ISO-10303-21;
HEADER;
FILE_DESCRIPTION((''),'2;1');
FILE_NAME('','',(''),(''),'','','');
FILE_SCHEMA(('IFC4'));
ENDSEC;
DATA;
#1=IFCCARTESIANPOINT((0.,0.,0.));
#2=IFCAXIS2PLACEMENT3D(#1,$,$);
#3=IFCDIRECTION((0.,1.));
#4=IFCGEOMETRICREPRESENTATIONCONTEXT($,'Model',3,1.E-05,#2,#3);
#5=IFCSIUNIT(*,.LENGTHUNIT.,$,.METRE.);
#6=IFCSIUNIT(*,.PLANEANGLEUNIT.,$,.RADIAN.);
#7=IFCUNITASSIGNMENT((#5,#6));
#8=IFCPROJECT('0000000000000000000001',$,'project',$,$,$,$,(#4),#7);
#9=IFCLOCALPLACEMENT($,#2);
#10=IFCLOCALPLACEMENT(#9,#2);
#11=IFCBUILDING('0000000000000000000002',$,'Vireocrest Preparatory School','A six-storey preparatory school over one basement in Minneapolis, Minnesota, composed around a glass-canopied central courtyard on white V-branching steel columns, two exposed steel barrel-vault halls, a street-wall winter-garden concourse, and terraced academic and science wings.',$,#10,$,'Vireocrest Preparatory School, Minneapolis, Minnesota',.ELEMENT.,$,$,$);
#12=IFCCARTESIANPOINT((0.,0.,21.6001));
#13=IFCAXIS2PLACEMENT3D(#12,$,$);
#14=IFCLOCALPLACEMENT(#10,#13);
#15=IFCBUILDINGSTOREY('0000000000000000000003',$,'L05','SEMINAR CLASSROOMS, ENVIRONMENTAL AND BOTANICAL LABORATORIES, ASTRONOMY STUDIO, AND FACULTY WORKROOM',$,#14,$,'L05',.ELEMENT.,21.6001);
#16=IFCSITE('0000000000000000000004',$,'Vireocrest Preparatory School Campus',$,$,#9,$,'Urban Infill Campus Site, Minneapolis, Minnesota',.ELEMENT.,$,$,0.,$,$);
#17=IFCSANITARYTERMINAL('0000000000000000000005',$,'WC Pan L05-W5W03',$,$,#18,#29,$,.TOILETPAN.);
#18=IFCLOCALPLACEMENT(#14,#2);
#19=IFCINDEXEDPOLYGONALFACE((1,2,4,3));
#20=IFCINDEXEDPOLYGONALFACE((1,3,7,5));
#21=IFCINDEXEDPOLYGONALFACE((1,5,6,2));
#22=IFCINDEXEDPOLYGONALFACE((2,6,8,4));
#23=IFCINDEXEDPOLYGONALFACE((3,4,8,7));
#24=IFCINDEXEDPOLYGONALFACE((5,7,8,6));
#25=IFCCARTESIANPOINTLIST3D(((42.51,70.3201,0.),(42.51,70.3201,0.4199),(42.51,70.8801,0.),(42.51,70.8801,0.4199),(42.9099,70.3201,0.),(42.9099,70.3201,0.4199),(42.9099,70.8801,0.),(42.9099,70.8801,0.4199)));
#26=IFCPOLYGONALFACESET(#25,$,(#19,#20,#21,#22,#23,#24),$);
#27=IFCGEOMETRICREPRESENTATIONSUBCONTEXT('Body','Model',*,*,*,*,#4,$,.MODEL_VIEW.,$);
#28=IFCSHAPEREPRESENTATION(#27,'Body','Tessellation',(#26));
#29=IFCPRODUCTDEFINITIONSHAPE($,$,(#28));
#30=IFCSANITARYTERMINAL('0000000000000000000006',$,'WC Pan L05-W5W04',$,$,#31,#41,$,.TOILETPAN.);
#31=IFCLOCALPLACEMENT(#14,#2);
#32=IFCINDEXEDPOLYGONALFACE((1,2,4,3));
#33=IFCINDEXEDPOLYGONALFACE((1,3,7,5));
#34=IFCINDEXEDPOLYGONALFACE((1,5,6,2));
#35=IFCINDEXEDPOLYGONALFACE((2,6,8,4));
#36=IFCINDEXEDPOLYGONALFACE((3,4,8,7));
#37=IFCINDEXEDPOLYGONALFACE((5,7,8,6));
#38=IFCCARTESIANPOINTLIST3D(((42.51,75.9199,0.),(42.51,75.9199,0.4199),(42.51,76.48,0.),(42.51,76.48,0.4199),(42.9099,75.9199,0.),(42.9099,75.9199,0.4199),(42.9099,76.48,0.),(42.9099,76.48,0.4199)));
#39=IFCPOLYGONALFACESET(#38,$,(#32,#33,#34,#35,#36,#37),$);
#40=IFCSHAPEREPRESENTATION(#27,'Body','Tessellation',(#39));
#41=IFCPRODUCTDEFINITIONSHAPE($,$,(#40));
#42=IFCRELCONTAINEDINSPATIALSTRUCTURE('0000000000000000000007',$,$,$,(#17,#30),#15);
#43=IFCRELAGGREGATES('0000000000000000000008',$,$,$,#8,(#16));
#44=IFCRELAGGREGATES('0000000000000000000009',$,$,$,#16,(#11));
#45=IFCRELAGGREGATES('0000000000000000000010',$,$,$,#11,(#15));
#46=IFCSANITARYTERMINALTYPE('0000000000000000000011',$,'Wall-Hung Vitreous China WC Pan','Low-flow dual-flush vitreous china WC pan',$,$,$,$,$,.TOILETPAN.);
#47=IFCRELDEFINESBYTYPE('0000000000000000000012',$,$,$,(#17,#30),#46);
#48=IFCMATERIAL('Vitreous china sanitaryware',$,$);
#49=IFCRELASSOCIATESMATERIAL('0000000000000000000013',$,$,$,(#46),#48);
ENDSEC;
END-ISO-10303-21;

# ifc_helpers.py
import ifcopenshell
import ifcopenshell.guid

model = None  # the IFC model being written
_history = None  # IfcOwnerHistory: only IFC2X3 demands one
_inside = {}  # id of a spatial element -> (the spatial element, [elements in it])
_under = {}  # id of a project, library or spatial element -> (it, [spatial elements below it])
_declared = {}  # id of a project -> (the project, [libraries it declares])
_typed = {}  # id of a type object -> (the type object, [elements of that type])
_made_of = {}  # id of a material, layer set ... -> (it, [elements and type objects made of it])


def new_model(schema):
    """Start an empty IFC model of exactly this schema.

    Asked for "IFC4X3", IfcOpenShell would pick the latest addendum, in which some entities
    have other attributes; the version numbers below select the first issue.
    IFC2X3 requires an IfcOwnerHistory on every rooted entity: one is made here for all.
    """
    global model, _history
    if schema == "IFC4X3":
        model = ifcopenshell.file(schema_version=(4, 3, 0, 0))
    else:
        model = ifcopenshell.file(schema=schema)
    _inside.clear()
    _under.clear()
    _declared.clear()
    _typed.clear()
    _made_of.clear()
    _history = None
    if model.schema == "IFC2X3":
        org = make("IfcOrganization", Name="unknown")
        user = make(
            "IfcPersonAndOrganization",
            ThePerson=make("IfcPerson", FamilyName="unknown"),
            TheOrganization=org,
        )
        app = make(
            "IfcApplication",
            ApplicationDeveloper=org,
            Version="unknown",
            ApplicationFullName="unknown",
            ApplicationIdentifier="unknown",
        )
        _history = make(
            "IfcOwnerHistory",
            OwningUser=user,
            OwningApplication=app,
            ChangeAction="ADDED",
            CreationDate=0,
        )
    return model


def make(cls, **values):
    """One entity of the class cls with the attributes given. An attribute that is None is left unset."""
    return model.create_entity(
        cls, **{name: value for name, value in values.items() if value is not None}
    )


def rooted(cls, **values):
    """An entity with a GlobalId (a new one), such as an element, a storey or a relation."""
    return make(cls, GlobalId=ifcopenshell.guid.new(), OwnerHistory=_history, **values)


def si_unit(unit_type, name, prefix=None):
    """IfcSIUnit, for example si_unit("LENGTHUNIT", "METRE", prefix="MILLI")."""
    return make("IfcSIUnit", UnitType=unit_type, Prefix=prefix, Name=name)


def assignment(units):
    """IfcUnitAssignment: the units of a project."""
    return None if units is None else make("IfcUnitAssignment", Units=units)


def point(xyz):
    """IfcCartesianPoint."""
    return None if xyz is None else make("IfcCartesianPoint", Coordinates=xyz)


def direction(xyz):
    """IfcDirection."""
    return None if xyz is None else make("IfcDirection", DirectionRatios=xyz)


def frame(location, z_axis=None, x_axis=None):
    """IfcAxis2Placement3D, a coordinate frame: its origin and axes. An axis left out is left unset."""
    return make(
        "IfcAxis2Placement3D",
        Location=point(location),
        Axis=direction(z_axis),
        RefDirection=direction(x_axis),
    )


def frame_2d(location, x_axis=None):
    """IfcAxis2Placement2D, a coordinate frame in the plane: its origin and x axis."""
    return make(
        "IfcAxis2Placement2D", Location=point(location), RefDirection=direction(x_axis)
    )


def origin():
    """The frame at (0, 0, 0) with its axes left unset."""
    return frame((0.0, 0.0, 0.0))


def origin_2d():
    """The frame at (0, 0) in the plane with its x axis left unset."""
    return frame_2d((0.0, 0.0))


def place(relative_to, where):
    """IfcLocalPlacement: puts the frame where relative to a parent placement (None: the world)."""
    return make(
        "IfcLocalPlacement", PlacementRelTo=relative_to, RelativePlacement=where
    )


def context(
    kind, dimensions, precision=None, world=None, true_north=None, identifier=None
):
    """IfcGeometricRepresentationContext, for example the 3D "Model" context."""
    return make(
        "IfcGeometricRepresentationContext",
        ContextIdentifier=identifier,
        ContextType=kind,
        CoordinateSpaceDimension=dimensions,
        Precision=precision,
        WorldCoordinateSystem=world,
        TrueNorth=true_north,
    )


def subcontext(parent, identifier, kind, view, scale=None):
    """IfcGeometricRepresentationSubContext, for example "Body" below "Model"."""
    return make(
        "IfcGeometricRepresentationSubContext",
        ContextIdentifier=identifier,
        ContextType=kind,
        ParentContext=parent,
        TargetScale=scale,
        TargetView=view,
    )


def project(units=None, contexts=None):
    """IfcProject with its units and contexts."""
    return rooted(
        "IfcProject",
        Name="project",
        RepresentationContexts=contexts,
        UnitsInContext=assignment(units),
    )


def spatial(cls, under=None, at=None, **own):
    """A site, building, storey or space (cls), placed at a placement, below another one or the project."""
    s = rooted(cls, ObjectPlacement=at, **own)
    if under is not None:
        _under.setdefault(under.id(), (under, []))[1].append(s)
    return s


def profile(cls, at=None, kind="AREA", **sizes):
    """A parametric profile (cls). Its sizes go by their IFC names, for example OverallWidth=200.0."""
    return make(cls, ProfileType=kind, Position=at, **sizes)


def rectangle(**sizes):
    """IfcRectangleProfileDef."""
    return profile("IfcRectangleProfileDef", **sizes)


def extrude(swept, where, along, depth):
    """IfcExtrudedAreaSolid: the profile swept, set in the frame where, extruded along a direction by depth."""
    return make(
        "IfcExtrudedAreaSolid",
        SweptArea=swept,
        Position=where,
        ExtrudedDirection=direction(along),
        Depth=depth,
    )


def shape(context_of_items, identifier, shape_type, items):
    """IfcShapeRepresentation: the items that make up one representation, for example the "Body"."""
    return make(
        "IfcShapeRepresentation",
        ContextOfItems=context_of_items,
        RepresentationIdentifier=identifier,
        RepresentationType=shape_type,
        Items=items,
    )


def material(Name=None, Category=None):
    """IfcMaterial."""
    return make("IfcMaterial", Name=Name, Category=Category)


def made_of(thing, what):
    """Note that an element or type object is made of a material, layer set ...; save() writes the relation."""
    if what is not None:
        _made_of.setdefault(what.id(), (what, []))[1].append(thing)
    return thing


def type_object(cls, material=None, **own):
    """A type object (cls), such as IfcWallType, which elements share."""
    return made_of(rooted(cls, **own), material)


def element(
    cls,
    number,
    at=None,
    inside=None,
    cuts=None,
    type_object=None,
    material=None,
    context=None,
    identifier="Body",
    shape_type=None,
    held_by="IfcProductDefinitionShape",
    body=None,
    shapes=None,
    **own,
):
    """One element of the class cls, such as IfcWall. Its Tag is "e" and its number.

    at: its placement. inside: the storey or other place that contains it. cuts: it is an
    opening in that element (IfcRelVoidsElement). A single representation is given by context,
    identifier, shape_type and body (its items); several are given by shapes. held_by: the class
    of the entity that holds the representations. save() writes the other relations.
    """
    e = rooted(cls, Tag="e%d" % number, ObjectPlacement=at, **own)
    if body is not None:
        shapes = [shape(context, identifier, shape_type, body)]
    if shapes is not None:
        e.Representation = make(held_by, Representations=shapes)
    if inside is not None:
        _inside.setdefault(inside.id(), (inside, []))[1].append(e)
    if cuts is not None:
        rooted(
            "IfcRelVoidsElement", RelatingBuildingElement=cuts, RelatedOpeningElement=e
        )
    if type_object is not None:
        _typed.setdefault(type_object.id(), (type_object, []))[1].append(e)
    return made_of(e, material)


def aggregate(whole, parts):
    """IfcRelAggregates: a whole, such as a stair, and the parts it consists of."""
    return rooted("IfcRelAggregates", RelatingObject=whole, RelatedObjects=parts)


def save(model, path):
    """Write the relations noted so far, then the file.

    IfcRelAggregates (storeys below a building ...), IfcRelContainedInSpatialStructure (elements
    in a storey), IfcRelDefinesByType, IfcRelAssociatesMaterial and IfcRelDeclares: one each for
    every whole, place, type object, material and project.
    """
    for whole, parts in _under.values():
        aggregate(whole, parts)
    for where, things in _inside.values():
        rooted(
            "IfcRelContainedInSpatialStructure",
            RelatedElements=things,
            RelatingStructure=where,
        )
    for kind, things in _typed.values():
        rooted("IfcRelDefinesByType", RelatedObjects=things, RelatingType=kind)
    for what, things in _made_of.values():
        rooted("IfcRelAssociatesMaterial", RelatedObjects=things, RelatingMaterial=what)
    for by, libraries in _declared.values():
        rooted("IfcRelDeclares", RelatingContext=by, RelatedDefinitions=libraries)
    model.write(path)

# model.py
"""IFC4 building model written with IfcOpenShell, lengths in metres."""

from ifc_helpers import new_model, si_unit, direction, frame, origin, origin_2d, place, context, subcontext, project, spatial, rectangle, extrude, material, type_object, element, save


model = new_model("IFC4")

# Units and contexts
model_context = context("Model", 3, precision=1e-05, world=origin(), true_north=direction((0.0, 1.0)))
body_context = subcontext(model_context, "Body", "Model", "MODEL_VIEW")
ifc_project = project(units=[si_unit("LENGTHUNIT", "METRE"), si_unit("PLANEANGLEUNIT", "RADIAN")], contexts=[model_context])

# Site, building, storey
site_placement = place(None, origin())
site = spatial("IfcSite", under=ifc_project, at=site_placement, Name="Vireocrest Preparatory School Campus", LongName="Urban Infill Campus Site, Minneapolis, Minnesota", CompositionType="ELEMENT", RefElevation=0.0)
building_placement = place(site_placement, origin())
building = spatial("IfcBuilding", under=site, at=building_placement, Name="Vireocrest Preparatory School", Description="A six-storey preparatory school over one basement in Minneapolis, Minnesota, composed around a glass-canopied central courtyard on white V-branching steel columns, two exposed steel barrel-vault halls, a street-wall winter-garden concourse, and terraced academic and science wings.", LongName="Vireocrest Preparatory School, Minneapolis, Minnesota", CompositionType="ELEMENT")
storey_placement = place(building_placement, frame((0.0, 0.0, 21.6001)))
storey = spatial("IfcBuildingStorey", under=building, at=storey_placement, Name="L05", Description="SEMINAR CLASSROOMS, ENVIRONMENTAL AND BOTANICAL LABORATORIES, ASTRONOMY STUDIO, AND FACULTY WORKROOM", LongName="L05", CompositionType="ELEMENT", Elevation=21.6001)

# Sanitary terminals
ifc_material_1 = material(Name="Vitreous china sanitaryware")
sanitary_terminal_type_1 = type_object("IfcSanitaryTerminalType", Name="Wall-Hung Vitreous China WC Pan", Description="Low-flow dual-flush vitreous china WC pan", PredefinedType="TOILETPAN", material=ifc_material_1)
for number, where, z_axis, x_axis, name in (
    (1, (42.71, 70.6001, 0.0), (0.0, 0.0, 1.0), (1.0, 0.0, 0.0), "WC Pan L05-W5W03"),
    (2, (42.71, 76.2, 0.0), (0.0, 0.0, 1.0), (1.0, 0.0, 0.0), "WC Pan L05-W5W04"),
):
    element("IfcSanitaryTerminal", number, at=place(storey_placement, frame(where, z_axis=z_axis, x_axis=x_axis)), inside=storey, type_object=sanitary_terminal_type_1, Name=name, PredefinedType="TOILETPAN", context=body_context, shape_type="SweptSolid", body=[
        extrude(rectangle(XDim=0.3999, YDim=0.5601, at=origin_2d()), origin(), (0.0, 0.0, 1.0), 0.4199),
    ])

save(model, "model.ifc")
